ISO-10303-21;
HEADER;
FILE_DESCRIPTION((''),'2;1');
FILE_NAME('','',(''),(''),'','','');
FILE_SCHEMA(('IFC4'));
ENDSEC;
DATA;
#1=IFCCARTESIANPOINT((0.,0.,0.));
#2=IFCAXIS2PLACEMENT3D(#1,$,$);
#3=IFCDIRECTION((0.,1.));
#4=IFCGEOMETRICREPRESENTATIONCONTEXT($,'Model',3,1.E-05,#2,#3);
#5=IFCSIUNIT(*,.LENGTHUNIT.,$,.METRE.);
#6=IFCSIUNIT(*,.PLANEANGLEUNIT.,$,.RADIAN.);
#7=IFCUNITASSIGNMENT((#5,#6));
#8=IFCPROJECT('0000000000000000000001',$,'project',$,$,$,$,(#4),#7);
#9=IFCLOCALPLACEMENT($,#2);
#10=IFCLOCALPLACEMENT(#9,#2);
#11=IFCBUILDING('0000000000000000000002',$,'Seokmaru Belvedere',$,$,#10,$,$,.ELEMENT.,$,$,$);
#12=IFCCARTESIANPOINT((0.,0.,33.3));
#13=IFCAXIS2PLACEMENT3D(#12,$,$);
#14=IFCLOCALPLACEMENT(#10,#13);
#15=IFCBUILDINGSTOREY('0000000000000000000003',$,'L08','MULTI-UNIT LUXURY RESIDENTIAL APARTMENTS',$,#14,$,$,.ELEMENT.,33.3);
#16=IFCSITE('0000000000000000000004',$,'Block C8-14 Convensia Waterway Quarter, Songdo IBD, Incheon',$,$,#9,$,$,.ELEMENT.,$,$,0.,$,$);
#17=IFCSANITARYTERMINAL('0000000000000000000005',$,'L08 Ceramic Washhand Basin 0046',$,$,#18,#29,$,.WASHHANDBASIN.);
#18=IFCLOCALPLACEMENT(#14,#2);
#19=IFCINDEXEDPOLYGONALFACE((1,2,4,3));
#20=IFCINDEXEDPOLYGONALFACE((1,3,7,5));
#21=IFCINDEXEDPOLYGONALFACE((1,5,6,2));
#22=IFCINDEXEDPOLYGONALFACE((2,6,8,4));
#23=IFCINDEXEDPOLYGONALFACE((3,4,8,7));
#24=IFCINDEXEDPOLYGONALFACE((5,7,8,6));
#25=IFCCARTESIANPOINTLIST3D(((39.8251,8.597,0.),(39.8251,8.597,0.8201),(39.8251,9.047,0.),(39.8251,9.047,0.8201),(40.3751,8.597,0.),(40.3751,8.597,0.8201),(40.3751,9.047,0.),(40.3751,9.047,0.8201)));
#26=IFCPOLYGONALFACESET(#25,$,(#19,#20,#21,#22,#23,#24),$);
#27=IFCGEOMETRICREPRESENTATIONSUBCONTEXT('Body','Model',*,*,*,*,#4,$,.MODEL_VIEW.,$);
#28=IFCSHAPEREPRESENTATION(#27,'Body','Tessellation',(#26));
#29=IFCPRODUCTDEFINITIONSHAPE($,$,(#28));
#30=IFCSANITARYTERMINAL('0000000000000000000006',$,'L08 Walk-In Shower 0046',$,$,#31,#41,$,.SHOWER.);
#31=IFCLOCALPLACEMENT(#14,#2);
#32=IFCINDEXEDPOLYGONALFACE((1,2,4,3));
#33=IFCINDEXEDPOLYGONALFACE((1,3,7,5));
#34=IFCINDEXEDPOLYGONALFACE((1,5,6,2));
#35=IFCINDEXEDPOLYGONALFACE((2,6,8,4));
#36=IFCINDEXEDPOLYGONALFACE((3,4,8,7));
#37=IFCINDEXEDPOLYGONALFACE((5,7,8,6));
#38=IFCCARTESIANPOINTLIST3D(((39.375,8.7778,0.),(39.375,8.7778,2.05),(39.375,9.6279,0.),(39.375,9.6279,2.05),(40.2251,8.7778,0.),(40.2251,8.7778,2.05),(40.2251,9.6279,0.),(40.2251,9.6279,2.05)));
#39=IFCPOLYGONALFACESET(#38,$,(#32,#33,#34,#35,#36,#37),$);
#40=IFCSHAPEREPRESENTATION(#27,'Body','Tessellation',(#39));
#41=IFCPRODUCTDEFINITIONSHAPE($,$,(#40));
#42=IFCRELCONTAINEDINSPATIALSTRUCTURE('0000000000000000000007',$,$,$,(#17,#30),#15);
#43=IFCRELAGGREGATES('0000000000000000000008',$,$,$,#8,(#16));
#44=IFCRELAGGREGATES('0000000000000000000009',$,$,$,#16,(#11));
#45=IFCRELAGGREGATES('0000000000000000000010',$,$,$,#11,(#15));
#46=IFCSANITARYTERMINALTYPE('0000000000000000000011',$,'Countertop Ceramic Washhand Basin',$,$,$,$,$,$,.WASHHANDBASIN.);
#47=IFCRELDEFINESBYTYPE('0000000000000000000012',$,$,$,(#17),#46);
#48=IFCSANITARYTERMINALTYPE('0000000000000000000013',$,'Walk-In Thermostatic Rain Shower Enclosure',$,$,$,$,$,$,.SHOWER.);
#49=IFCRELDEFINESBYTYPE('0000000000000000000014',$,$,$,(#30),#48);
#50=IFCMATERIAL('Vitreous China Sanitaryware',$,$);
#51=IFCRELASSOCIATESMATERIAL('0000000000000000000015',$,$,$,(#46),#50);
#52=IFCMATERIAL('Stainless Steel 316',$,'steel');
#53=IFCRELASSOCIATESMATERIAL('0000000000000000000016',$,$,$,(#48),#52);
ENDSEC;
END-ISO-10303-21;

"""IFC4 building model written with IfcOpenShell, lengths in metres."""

from ifc_helpers import new_model, si_unit, direction, frame, origin, origin_2d, place, context, subcontext, project, spatial, rectangle, extrude, source, transform, mapped, material, type_object, type_shapes, element, save


model = new_model("IFC4")

# Units and contexts
model_context = context("Model", 3, precision=1e-05, world=origin(), true_north=direction((0.0, 1.0)))
body_context = subcontext(model_context, "Body", "Model", "MODEL_VIEW")
ifc_project = project(units=[si_unit("LENGTHUNIT", "METRE"), si_unit("PLANEANGLEUNIT", "RADIAN")], contexts=[model_context])

# Site, building, storey
site_placement = place(None, origin())
site = spatial("IfcSite", under=ifc_project, at=site_placement, Name="Block C8-14 Convensia Waterway Quarter, Songdo IBD, Incheon", CompositionType="ELEMENT", RefElevation=0.0)
building_placement = place(site_placement, origin())
building = spatial("IfcBuilding", under=site, at=building_placement, Name="Seokmaru Belvedere", CompositionType="ELEMENT")
storey_placement = place(building_placement, frame((0.0, 0.0, 33.3)))
storey = spatial("IfcBuildingStorey", under=building, at=storey_placement, Name="L08", Description="MULTI-UNIT LUXURY RESIDENTIAL APARTMENTS", CompositionType="ELEMENT", Elevation=33.3)

# Sanitary terminals
ifc_material_1 = material(Name="Vitreous China Sanitaryware")
sanitary_terminal_type_1 = type_object("IfcSanitaryTerminalType", Name="Countertop Ceramic Washhand Basin", PredefinedType="WASHHANDBASIN", material=ifc_material_1)
shared_shape_1 = source(origin(), body_context, "Body", "SweptSolid", [
    extrude(rectangle(XDim=0.55, YDim=0.45, at=origin_2d()), origin(), (0.0, 0.0, 1.0), 0.8201),
])
type_shapes(sanitary_terminal_type_1, [shared_shape_1])
sanitary_terminal_1_placement = place(storey_placement, frame((40.1001, 8.822, 0.0), z_axis=(0.0, 0.0, 1.0), x_axis=(1.0, 0.0, 0.0)))
element("IfcSanitaryTerminal", 1, at=sanitary_terminal_1_placement, inside=storey, type_object=sanitary_terminal_type_1, Name="L08 Ceramic Washhand Basin 0046", PredefinedType="WASHHANDBASIN", context=body_context, shape_type="MappedRepresentation", body=[
    mapped(shared_shape_1, transform((0.0, 0.0, 0.0), scale=1.0)),
])
ifc_material_2 = material(Name="Stainless Steel 316", Category="steel")
sanitary_terminal_type_2 = type_object("IfcSanitaryTerminalType", Name="Walk-In Thermostatic Rain Shower Enclosure", PredefinedType="SHOWER", material=ifc_material_2)
shared_shape_2 = source(origin(), body_context, "Body", "SweptSolid", [
    extrude(rectangle(XDim=0.8501, YDim=0.8501, at=origin_2d()), origin(), (0.0, 0.0, 1.0), 2.05),
])
type_shapes(sanitary_terminal_type_2, [shared_shape_2])
sanitary_terminal_2_placement = place(storey_placement, frame((39.8, 9.2029, 0.0), z_axis=(0.0, 0.0, 1.0), x_axis=(1.0, 0.0, 0.0)))
element("IfcSanitaryTerminal", 2, at=sanitary_terminal_2_placement, inside=storey, type_object=sanitary_terminal_type_2, Name="L08 Walk-In Shower 0046", PredefinedType="SHOWER", context=body_context, shape_type="MappedRepresentation", body=[
    mapped(shared_shape_2, transform((0.0, 0.0, 0.0), scale=1.0)),
])

save(model, "model.ifc")
